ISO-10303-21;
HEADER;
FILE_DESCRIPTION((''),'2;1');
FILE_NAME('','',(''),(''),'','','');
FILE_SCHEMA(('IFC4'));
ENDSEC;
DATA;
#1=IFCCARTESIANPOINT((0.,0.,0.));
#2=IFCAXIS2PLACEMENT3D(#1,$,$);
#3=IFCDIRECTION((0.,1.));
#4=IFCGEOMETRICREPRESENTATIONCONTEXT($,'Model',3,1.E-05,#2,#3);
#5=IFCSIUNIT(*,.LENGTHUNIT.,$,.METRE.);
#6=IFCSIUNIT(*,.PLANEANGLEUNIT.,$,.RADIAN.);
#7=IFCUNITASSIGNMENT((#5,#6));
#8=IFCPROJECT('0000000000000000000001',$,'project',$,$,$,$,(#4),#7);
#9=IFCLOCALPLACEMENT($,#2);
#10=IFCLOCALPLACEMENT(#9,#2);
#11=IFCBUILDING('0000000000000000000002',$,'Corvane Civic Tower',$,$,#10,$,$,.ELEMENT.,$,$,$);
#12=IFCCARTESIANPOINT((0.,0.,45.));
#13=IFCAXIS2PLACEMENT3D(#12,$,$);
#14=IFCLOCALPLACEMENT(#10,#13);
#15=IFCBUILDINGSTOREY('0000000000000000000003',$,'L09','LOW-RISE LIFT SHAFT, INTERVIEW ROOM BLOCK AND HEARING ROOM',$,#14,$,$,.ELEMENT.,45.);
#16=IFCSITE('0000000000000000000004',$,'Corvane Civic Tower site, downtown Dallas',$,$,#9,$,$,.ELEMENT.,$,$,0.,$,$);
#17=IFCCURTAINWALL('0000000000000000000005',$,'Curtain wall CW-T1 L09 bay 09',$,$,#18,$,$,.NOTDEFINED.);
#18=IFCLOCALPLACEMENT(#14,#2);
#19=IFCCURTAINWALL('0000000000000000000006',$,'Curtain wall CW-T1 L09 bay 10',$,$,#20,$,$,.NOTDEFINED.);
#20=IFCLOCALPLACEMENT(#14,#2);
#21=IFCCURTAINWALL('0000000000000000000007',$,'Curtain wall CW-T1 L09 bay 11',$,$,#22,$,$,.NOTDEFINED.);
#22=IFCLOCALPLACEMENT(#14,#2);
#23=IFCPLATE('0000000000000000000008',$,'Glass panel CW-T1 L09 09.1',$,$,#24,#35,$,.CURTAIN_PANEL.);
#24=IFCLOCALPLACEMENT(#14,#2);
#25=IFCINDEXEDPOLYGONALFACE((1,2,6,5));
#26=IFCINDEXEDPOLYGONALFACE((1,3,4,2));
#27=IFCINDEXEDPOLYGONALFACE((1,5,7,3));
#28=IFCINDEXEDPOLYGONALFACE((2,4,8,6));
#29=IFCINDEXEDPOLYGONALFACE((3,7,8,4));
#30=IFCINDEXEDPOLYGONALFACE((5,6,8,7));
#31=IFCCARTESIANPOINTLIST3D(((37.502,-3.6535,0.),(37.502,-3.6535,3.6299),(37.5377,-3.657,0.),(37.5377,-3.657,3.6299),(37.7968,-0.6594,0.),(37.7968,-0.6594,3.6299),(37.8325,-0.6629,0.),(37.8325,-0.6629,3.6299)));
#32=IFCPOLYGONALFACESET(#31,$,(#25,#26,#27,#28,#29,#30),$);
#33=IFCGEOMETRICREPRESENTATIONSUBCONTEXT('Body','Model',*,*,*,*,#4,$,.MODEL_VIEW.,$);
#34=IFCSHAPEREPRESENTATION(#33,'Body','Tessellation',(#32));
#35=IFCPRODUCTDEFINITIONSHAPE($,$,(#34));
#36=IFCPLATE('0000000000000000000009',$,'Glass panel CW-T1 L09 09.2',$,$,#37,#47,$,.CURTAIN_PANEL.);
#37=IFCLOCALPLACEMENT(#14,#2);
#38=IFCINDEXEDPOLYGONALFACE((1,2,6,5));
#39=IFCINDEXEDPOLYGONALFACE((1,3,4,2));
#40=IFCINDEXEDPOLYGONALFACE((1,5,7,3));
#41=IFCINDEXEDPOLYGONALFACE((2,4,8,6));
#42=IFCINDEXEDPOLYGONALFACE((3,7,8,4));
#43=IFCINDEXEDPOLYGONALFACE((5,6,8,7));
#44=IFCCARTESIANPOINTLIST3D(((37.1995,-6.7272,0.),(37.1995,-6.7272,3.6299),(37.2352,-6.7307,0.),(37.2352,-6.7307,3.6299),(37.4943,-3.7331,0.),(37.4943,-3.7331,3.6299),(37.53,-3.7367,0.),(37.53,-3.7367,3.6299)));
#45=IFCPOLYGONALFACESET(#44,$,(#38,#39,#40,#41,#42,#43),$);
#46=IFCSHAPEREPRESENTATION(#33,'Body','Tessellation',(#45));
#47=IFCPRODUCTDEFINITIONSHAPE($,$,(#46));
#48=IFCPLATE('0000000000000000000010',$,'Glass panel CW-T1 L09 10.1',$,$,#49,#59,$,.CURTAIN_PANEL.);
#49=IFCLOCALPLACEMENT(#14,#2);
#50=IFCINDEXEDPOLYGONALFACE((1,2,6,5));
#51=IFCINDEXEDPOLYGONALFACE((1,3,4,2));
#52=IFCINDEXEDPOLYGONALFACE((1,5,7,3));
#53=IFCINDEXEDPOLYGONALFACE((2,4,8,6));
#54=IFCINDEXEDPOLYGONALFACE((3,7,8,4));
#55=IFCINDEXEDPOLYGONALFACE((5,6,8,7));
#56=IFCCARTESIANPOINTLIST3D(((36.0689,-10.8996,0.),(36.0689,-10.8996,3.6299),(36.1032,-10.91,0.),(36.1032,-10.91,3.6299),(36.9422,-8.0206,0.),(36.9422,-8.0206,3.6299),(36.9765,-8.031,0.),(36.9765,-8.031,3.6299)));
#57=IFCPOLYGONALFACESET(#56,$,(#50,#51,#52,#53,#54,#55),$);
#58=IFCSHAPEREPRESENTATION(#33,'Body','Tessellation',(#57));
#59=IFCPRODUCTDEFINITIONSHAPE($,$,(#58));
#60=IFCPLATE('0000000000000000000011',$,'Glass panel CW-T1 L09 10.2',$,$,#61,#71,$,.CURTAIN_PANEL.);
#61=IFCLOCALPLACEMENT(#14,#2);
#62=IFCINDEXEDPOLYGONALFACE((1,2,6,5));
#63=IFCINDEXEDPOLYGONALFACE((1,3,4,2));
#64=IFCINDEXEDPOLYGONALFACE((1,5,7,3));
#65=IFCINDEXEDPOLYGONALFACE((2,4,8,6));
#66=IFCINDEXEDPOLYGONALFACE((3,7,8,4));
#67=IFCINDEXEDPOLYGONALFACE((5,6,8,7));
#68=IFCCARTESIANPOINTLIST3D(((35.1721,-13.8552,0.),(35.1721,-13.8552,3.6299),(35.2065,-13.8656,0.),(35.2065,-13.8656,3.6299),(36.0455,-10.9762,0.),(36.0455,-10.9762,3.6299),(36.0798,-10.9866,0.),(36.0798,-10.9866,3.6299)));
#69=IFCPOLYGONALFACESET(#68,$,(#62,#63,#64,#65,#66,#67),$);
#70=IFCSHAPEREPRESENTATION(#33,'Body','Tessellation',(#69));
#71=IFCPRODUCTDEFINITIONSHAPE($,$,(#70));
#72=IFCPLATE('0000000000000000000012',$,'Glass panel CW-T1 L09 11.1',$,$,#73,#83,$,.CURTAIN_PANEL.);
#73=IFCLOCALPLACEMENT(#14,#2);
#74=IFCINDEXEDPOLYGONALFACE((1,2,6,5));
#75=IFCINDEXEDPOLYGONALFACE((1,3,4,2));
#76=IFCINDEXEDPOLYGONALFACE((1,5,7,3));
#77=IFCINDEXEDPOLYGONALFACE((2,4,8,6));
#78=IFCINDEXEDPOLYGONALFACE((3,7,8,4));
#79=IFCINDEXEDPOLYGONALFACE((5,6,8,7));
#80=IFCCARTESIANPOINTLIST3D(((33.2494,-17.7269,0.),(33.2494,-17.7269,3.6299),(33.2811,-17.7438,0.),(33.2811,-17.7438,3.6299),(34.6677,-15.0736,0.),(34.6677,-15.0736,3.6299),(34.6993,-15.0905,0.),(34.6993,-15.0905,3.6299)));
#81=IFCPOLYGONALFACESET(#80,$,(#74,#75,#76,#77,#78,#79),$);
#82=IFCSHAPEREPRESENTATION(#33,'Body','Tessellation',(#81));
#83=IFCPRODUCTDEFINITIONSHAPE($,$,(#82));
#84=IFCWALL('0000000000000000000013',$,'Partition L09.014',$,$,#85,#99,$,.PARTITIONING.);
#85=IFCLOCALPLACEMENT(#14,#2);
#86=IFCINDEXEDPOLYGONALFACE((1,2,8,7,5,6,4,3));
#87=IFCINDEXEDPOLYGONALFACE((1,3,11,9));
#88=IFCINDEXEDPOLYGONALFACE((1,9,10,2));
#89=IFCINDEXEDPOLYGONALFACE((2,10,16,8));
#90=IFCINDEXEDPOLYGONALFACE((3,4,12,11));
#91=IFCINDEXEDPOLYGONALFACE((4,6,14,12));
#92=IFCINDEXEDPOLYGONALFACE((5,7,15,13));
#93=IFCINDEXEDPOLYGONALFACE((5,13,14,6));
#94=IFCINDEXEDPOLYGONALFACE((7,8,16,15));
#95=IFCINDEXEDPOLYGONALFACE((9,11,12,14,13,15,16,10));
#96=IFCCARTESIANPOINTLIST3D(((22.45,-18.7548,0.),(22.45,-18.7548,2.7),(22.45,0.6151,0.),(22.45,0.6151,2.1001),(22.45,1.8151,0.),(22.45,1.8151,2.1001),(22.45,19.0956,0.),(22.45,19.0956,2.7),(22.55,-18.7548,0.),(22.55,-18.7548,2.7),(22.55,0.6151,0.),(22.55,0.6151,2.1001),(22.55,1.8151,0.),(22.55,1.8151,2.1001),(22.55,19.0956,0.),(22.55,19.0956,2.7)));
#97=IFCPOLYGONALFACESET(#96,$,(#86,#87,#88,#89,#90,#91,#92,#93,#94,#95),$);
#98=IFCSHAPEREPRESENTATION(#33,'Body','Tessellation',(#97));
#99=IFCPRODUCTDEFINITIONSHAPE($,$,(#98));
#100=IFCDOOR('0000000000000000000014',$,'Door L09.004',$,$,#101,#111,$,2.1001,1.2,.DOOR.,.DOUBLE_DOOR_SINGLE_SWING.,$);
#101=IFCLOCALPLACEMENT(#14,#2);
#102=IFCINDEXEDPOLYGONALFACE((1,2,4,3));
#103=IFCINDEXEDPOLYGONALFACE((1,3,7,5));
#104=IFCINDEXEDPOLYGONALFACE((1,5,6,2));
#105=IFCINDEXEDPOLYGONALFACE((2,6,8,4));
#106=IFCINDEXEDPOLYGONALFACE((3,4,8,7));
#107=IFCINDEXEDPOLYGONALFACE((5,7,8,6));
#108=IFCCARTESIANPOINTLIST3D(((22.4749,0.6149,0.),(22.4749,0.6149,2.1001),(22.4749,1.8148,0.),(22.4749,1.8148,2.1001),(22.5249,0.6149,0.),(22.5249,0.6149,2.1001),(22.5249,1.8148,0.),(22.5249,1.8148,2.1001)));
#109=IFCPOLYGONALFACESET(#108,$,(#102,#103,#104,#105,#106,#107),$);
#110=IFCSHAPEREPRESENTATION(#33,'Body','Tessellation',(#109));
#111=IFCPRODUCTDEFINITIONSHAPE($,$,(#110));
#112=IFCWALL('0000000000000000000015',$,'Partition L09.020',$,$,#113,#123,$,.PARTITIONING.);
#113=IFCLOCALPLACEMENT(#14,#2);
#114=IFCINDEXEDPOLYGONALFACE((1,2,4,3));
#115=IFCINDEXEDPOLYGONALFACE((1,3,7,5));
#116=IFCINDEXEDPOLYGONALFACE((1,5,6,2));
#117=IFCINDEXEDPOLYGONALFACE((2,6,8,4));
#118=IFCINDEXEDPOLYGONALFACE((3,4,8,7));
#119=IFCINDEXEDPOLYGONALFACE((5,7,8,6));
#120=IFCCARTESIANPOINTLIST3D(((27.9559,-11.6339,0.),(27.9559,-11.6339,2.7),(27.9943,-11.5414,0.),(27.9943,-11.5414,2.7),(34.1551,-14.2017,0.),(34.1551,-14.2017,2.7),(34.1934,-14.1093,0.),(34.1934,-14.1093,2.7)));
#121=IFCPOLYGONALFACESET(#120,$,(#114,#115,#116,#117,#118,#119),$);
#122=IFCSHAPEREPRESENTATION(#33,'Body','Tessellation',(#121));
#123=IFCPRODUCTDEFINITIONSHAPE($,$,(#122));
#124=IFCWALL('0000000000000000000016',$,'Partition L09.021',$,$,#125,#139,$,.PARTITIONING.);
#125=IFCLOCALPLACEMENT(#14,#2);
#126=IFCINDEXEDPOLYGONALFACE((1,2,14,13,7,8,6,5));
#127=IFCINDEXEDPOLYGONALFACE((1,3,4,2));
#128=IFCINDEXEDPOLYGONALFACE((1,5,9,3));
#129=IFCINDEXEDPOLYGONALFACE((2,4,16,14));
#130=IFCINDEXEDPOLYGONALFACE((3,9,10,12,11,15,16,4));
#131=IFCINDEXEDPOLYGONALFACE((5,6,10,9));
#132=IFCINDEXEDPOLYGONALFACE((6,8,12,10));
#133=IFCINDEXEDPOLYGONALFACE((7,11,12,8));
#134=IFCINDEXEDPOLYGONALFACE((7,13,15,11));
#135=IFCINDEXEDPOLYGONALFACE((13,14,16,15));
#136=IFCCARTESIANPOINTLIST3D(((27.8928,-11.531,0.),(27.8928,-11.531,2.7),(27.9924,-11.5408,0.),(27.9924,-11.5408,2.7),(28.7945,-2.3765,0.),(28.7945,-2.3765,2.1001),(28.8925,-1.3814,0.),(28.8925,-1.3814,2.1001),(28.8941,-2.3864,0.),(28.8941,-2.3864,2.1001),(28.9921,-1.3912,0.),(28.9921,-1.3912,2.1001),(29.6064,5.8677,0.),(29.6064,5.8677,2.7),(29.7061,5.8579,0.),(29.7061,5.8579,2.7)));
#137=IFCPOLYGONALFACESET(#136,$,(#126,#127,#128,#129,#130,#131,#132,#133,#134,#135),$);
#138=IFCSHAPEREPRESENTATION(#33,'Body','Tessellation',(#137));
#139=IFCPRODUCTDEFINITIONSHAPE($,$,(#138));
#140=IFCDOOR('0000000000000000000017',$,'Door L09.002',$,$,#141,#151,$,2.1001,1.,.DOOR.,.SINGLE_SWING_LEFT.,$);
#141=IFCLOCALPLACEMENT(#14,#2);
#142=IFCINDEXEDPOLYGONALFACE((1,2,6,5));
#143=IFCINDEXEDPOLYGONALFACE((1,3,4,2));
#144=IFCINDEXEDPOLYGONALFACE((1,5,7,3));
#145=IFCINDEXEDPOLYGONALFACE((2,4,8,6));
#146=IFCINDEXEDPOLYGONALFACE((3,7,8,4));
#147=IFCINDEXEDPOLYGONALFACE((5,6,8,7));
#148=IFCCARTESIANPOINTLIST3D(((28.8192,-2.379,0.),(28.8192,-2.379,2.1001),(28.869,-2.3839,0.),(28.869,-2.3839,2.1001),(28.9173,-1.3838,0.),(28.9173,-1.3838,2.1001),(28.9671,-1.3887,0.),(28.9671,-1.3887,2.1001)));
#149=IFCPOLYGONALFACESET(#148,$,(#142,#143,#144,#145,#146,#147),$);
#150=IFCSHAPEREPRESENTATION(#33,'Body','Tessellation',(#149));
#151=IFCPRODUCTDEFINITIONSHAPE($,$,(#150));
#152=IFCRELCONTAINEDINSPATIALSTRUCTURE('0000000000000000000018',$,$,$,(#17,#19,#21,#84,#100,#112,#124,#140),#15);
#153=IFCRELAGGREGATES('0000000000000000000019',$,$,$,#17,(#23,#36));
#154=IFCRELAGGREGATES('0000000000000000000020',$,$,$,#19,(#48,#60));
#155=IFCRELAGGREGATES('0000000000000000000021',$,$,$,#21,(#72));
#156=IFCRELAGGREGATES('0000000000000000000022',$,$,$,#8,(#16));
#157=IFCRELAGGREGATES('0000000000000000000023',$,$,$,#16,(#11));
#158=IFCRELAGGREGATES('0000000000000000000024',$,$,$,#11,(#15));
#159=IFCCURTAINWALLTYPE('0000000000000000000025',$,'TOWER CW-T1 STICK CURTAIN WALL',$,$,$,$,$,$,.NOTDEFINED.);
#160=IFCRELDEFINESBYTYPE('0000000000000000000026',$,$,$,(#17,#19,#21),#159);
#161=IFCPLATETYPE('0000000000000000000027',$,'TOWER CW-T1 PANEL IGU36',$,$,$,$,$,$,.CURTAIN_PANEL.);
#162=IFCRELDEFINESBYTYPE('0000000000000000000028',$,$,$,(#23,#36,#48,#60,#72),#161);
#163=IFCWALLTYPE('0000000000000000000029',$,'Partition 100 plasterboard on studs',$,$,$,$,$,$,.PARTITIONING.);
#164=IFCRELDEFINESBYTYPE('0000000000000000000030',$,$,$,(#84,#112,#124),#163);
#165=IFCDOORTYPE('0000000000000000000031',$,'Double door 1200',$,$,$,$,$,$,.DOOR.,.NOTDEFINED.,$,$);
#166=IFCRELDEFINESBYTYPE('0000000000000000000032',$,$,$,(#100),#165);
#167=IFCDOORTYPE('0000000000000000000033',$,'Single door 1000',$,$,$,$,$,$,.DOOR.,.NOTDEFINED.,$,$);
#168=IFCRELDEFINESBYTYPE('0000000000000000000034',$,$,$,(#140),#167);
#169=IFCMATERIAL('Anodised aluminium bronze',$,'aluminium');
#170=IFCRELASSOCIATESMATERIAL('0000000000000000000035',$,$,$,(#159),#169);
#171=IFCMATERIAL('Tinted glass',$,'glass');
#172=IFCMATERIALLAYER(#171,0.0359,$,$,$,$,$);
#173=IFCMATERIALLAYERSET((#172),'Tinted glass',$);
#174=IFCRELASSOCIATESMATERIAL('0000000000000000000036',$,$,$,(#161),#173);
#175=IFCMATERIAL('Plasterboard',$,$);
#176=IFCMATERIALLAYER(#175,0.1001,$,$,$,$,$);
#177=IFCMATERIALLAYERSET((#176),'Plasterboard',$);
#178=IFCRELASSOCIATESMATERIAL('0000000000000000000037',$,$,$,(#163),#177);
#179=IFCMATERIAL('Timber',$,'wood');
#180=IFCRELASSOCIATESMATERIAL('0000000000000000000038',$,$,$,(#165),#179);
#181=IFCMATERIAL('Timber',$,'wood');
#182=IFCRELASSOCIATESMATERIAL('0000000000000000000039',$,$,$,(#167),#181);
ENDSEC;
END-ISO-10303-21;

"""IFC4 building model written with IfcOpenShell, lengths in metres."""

from ifc_helpers import new_model, si_unit, direction, frame, frame_2d, origin, origin_2d, place, context, subcontext, project, spatial, rectangle, extrude, material, layer, layer_set, type_object, element, fill, aggregate, save


model = new_model("IFC4")

# Units and contexts
model_context = context("Model", 3, precision=1e-05, world=origin(), true_north=direction((0.0, 1.0)))
body_context = subcontext(model_context, "Body", "Model", "MODEL_VIEW")
ifc_project = project(units=[si_unit("LENGTHUNIT", "METRE"), si_unit("PLANEANGLEUNIT", "RADIAN")], contexts=[model_context])

# Site, building, storey
site_placement = place(None, origin())
site = spatial("IfcSite", under=ifc_project, at=site_placement, Name="Corvane Civic Tower site, downtown Dallas", CompositionType="ELEMENT", RefElevation=0.0)
building_placement = place(site_placement, origin())
building = spatial("IfcBuilding", under=site, at=building_placement, Name="Corvane Civic Tower", CompositionType="ELEMENT")
storey_placement = place(building_placement, frame((0.0, 0.0, 45.0)))
storey = spatial("IfcBuildingStorey", under=building, at=storey_placement, Name="L09", Description="LOW-RISE LIFT SHAFT, INTERVIEW ROOM BLOCK AND HEARING ROOM", CompositionType="ELEMENT", Elevation=45.0)

# Curtain walls
ifc_material_1 = material(Name="Anodised aluminium bronze", Category="aluminium")
curtain_wall_type = type_object("IfcCurtainWallType", Name="TOWER CW-T1 STICK CURTAIN WALL", PredefinedType="NOTDEFINED", material=ifc_material_1)
curtain_wall_1_placement = place(storey_placement, origin())
curtain_wall_1 = element("IfcCurtainWall", 1, at=curtain_wall_1_placement, inside=storey, type_object=curtain_wall_type, Name="Curtain wall CW-T1 L09 bay 09", PredefinedType="NOTDEFINED")
curtain_wall_2_placement = place(storey_placement, origin())
curtain_wall_2 = element("IfcCurtainWall", 2, at=curtain_wall_2_placement, inside=storey, type_object=curtain_wall_type, Name="Curtain wall CW-T1 L09 bay 10", PredefinedType="NOTDEFINED")
curtain_wall_3_placement = place(storey_placement, origin())
curtain_wall_3 = element("IfcCurtainWall", 3, at=curtain_wall_3_placement, inside=storey, type_object=curtain_wall_type, Name="Curtain wall CW-T1 L09 bay 11", PredefinedType="NOTDEFINED")

# Plates
ifc_material_2 = material(Name="Tinted glass", Category="glass")
ifc_layer_1 = layer(ifc_material_2, 0.0359)
ifc_layer_set_1 = layer_set([ifc_layer_1], Name="Tinted glass")
plate_type = type_object("IfcPlateType", Name="TOWER CW-T1 PANEL IGU36", PredefinedType="CURTAIN_PANEL", material=ifc_layer_set_1)
plate_1_placement = place(storey_placement, frame((37.6672, -2.1582, 0.0), z_axis=(0.0, 0.0, 1.0), x_axis=(-0.098006, -0.995186, 0.0)))
plate_1 = element("IfcPlate", 4, at=plate_1_placement, type_object=plate_type, Name="Glass panel CW-T1 L09 09.1", PredefinedType="CURTAIN_PANEL", context=body_context, shape_type="SweptSolid", body=[
    extrude(rectangle(XDim=3.0085, YDim=0.0359, at=origin_2d()), origin(), (0.0, 0.0, 1.0), 3.6299),
])
plate_2_placement = place(storey_placement, frame((37.3647, -5.2319, 0.0), z_axis=(0.0, 0.0, 1.0), x_axis=(-0.098006, -0.995186, 0.0)))
plate_2 = element("IfcPlate", 5, at=plate_2_placement, type_object=plate_type, Name="Glass panel CW-T1 L09 09.2", PredefinedType="CURTAIN_PANEL", context=body_context, shape_type="SweptSolid", body=[
    extrude(rectangle(XDim=3.0085, YDim=0.0359, at=origin_2d()), origin(), (0.0, 0.0, 1.0), 3.6299),
])
aggregate(curtain_wall_1, [plate_1, plate_2])
plate_3_placement = place(storey_placement, frame((36.5227, -9.4653, 0.0), z_axis=(0.0, 0.0, 1.0), x_axis=(-0.290278, -0.956942, 0.0)))
plate_3 = element("IfcPlate", 6, at=plate_3_placement, type_object=plate_type, Name="Glass panel CW-T1 L09 10.1", PredefinedType="CURTAIN_PANEL", context=body_context, shape_type="SweptSolid", body=[
    extrude(rectangle(XDim=3.0085, YDim=0.0359, at=origin_2d()), origin(), (0.0, 0.0, 1.0), 3.6299),
])
plate_4_placement = place(storey_placement, frame((35.626, -12.4209, 0.0), z_axis=(0.0, 0.0, 1.0), x_axis=(-0.290278, -0.956942, 0.0)))
plate_4 = element("IfcPlate", 7, at=plate_4_placement, type_object=plate_type, Name="Glass panel CW-T1 L09 10.2", PredefinedType="CURTAIN_PANEL", context=body_context, shape_type="SweptSolid", body=[
    extrude(rectangle(XDim=3.0085, YDim=0.0359, at=origin_2d()), origin(), (0.0, 0.0, 1.0), 3.6299),
])
aggregate(curtain_wall_2, [plate_3, plate_4])
plate_5_placement = place(storey_placement, frame((33.9744, -16.4087, 0.0), z_axis=(0.0, 0.0, 1.0), x_axis=(-0.471404, -0.881918, 0.0)))
plate_5 = element("IfcPlate", 8, at=plate_5_placement, type_object=plate_type, Name="Glass panel CW-T1 L09 11.1", PredefinedType="CURTAIN_PANEL", context=body_context, shape_type="SweptSolid", body=[
    extrude(rectangle(XDim=3.0085, YDim=0.0359, at=origin_2d()), origin(), (0.0, 0.0, 1.0), 3.6299),
])
aggregate(curtain_wall_3, [plate_5])

# Wall, opening, door
ifc_material_3 = material(Name="Plasterboard")
ifc_layer_2 = layer(ifc_material_3, 0.1001)
ifc_layer_set_2 = layer_set([ifc_layer_2], Name="Plasterboard")
wall_type_1 = type_object("IfcWallType", Name="Partition 100 plasterboard on studs", PredefinedType="PARTITIONING", material=ifc_layer_set_2)
wall_1_placement = place(storey_placement, frame((22.5, -18.7549, 0.0), z_axis=(0.0, 0.0, 1.0), x_axis=(0.0, 1.0, 0.0)))
wall_1 = element("IfcWall", 9, at=wall_1_placement, inside=storey, type_object=wall_type_1, Name="Partition L09.014", PredefinedType="PARTITIONING", context=body_context, shape_type="SweptSolid", body=[
    extrude(rectangle(XDim=37.8503, YDim=0.1001, at=frame_2d((18.9253, 0.0))), origin(), (0.0, 0.0, 1.0), 2.7),
])
opening_1_placement = place(wall_1_placement, frame((19.3699, 0.0, 0.0)))
opening_1 = element("IfcOpeningElement", 10, at=opening_1_placement, cuts=wall_1, PredefinedType="OPENING", context=body_context, shape_type="SweptSolid", body=[
    extrude(rectangle(XDim=1.2, YDim=2.1001, at=frame_2d((0.6001, 1.05))), frame((0.0, 0.0601, 0.0), z_axis=(0.0, -1.0, 0.0), x_axis=(1.0, 0.0, 0.0)), (0.0, 0.0, 1.0), 0.1201),
])
ifc_material_4 = material(Name="Timber", Category="wood")
door_type_1 = type_object("IfcDoorType", Name="Double door 1200", OperationType="NOTDEFINED", PredefinedType="DOOR", material=ifc_material_4)
door_1_placement = place(opening_1_placement, frame((1.2, 0.0, 0.0), z_axis=(0.0, 0.0, 1.0), x_axis=(-1.0, 0.0, 0.0)))
door_1 = element("IfcDoor", 11, at=door_1_placement, inside=storey, type_object=door_type_1, Name="Door L09.004", OperationType="DOUBLE_DOOR_SINGLE_SWING", OverallHeight=2.1001, OverallWidth=1.2, PredefinedType="DOOR", context=body_context, shape_type="SweptSolid", body=[
    extrude(rectangle(XDim=1.2, YDim=2.1001, at=frame_2d((0.6001, 1.05))), frame((0.0, 0.0249, 0.0), z_axis=(0.0, -1.0, 0.0), x_axis=(1.0, 0.0, 0.0)), (0.0, 0.0, 1.0), 0.05),
])
fill(opening_1, door_1)

# Wall
wall_2_placement = place(storey_placement, frame((27.9751, -11.5876, 0.0), z_axis=(0.0, 0.0, 1.0), x_axis=(0.923876, -0.382692, 0.0)))
element("IfcWall", 12, at=wall_2_placement, inside=storey, type_object=wall_type_1, Name="Partition L09.020", PredefinedType="PARTITIONING", context=body_context, shape_type="SweptSolid", body=[
    extrude(rectangle(XDim=6.71, YDim=0.1001, at=frame_2d((3.355, 0.0))), origin(), (0.0, 0.0, 1.0), 2.7),
])

# Wall, opening, door
wall_3_placement = place(storey_placement, frame((27.9426, -11.5359, 0.0), z_axis=(0.0, 0.0, 1.0), x_axis=(0.098017, 0.995185, 0.0)))
wall_3 = element("IfcWall", 13, at=wall_3_placement, inside=storey, type_object=wall_type_1, Name="Partition L09.021", PredefinedType="PARTITIONING", context=body_context, shape_type="SweptSolid", body=[
    extrude(rectangle(XDim=17.4829, YDim=0.1001, at=frame_2d((8.7415, 0.0))), origin(), (0.0, 0.0, 1.0), 2.7),
])
opening_2_placement = place(wall_3_placement, frame((9.1987, 0.0, 0.0)))
opening_2 = element("IfcOpeningElement", 14, at=opening_2_placement, cuts=wall_3, PredefinedType="OPENING", context=body_context, shape_type="SweptSolid", body=[
    extrude(rectangle(XDim=1.0, YDim=2.1001, at=frame_2d((0.5, 1.05))), frame((0.0, 0.0601, 0.0), z_axis=(0.0, -1.0, 0.0), x_axis=(1.0, 0.0, 0.0)), (0.0, 0.0, 1.0), 0.1201),
])
ifc_material_5 = material(Name="Timber", Category="wood")
door_type_2 = type_object("IfcDoorType", Name="Single door 1000", OperationType="NOTDEFINED", PredefinedType="DOOR", material=ifc_material_5)
door_2_placement = place(opening_2_placement, frame((1.0, 0.0, 0.0), z_axis=(0.0, 0.0, 1.0), x_axis=(-1.0, 0.0, 0.0)))
door_2 = element("IfcDoor", 15, at=door_2_placement, inside=storey, type_object=door_type_2, Name="Door L09.002", OperationType="SINGLE_SWING_LEFT", OverallHeight=2.1001, OverallWidth=1.0, PredefinedType="DOOR", context=body_context, shape_type="SweptSolid", body=[
    extrude(rectangle(XDim=1.0, YDim=2.1001, at=frame_2d((0.5, 1.05))), frame((0.0, 0.0249, 0.0), z_axis=(0.0, -1.0, 0.0), x_axis=(1.0, 0.0, 0.0)), (0.0, 0.0, 1.0), 0.05),
])
fill(opening_2, door_2)

save(model, "model.ifc")
